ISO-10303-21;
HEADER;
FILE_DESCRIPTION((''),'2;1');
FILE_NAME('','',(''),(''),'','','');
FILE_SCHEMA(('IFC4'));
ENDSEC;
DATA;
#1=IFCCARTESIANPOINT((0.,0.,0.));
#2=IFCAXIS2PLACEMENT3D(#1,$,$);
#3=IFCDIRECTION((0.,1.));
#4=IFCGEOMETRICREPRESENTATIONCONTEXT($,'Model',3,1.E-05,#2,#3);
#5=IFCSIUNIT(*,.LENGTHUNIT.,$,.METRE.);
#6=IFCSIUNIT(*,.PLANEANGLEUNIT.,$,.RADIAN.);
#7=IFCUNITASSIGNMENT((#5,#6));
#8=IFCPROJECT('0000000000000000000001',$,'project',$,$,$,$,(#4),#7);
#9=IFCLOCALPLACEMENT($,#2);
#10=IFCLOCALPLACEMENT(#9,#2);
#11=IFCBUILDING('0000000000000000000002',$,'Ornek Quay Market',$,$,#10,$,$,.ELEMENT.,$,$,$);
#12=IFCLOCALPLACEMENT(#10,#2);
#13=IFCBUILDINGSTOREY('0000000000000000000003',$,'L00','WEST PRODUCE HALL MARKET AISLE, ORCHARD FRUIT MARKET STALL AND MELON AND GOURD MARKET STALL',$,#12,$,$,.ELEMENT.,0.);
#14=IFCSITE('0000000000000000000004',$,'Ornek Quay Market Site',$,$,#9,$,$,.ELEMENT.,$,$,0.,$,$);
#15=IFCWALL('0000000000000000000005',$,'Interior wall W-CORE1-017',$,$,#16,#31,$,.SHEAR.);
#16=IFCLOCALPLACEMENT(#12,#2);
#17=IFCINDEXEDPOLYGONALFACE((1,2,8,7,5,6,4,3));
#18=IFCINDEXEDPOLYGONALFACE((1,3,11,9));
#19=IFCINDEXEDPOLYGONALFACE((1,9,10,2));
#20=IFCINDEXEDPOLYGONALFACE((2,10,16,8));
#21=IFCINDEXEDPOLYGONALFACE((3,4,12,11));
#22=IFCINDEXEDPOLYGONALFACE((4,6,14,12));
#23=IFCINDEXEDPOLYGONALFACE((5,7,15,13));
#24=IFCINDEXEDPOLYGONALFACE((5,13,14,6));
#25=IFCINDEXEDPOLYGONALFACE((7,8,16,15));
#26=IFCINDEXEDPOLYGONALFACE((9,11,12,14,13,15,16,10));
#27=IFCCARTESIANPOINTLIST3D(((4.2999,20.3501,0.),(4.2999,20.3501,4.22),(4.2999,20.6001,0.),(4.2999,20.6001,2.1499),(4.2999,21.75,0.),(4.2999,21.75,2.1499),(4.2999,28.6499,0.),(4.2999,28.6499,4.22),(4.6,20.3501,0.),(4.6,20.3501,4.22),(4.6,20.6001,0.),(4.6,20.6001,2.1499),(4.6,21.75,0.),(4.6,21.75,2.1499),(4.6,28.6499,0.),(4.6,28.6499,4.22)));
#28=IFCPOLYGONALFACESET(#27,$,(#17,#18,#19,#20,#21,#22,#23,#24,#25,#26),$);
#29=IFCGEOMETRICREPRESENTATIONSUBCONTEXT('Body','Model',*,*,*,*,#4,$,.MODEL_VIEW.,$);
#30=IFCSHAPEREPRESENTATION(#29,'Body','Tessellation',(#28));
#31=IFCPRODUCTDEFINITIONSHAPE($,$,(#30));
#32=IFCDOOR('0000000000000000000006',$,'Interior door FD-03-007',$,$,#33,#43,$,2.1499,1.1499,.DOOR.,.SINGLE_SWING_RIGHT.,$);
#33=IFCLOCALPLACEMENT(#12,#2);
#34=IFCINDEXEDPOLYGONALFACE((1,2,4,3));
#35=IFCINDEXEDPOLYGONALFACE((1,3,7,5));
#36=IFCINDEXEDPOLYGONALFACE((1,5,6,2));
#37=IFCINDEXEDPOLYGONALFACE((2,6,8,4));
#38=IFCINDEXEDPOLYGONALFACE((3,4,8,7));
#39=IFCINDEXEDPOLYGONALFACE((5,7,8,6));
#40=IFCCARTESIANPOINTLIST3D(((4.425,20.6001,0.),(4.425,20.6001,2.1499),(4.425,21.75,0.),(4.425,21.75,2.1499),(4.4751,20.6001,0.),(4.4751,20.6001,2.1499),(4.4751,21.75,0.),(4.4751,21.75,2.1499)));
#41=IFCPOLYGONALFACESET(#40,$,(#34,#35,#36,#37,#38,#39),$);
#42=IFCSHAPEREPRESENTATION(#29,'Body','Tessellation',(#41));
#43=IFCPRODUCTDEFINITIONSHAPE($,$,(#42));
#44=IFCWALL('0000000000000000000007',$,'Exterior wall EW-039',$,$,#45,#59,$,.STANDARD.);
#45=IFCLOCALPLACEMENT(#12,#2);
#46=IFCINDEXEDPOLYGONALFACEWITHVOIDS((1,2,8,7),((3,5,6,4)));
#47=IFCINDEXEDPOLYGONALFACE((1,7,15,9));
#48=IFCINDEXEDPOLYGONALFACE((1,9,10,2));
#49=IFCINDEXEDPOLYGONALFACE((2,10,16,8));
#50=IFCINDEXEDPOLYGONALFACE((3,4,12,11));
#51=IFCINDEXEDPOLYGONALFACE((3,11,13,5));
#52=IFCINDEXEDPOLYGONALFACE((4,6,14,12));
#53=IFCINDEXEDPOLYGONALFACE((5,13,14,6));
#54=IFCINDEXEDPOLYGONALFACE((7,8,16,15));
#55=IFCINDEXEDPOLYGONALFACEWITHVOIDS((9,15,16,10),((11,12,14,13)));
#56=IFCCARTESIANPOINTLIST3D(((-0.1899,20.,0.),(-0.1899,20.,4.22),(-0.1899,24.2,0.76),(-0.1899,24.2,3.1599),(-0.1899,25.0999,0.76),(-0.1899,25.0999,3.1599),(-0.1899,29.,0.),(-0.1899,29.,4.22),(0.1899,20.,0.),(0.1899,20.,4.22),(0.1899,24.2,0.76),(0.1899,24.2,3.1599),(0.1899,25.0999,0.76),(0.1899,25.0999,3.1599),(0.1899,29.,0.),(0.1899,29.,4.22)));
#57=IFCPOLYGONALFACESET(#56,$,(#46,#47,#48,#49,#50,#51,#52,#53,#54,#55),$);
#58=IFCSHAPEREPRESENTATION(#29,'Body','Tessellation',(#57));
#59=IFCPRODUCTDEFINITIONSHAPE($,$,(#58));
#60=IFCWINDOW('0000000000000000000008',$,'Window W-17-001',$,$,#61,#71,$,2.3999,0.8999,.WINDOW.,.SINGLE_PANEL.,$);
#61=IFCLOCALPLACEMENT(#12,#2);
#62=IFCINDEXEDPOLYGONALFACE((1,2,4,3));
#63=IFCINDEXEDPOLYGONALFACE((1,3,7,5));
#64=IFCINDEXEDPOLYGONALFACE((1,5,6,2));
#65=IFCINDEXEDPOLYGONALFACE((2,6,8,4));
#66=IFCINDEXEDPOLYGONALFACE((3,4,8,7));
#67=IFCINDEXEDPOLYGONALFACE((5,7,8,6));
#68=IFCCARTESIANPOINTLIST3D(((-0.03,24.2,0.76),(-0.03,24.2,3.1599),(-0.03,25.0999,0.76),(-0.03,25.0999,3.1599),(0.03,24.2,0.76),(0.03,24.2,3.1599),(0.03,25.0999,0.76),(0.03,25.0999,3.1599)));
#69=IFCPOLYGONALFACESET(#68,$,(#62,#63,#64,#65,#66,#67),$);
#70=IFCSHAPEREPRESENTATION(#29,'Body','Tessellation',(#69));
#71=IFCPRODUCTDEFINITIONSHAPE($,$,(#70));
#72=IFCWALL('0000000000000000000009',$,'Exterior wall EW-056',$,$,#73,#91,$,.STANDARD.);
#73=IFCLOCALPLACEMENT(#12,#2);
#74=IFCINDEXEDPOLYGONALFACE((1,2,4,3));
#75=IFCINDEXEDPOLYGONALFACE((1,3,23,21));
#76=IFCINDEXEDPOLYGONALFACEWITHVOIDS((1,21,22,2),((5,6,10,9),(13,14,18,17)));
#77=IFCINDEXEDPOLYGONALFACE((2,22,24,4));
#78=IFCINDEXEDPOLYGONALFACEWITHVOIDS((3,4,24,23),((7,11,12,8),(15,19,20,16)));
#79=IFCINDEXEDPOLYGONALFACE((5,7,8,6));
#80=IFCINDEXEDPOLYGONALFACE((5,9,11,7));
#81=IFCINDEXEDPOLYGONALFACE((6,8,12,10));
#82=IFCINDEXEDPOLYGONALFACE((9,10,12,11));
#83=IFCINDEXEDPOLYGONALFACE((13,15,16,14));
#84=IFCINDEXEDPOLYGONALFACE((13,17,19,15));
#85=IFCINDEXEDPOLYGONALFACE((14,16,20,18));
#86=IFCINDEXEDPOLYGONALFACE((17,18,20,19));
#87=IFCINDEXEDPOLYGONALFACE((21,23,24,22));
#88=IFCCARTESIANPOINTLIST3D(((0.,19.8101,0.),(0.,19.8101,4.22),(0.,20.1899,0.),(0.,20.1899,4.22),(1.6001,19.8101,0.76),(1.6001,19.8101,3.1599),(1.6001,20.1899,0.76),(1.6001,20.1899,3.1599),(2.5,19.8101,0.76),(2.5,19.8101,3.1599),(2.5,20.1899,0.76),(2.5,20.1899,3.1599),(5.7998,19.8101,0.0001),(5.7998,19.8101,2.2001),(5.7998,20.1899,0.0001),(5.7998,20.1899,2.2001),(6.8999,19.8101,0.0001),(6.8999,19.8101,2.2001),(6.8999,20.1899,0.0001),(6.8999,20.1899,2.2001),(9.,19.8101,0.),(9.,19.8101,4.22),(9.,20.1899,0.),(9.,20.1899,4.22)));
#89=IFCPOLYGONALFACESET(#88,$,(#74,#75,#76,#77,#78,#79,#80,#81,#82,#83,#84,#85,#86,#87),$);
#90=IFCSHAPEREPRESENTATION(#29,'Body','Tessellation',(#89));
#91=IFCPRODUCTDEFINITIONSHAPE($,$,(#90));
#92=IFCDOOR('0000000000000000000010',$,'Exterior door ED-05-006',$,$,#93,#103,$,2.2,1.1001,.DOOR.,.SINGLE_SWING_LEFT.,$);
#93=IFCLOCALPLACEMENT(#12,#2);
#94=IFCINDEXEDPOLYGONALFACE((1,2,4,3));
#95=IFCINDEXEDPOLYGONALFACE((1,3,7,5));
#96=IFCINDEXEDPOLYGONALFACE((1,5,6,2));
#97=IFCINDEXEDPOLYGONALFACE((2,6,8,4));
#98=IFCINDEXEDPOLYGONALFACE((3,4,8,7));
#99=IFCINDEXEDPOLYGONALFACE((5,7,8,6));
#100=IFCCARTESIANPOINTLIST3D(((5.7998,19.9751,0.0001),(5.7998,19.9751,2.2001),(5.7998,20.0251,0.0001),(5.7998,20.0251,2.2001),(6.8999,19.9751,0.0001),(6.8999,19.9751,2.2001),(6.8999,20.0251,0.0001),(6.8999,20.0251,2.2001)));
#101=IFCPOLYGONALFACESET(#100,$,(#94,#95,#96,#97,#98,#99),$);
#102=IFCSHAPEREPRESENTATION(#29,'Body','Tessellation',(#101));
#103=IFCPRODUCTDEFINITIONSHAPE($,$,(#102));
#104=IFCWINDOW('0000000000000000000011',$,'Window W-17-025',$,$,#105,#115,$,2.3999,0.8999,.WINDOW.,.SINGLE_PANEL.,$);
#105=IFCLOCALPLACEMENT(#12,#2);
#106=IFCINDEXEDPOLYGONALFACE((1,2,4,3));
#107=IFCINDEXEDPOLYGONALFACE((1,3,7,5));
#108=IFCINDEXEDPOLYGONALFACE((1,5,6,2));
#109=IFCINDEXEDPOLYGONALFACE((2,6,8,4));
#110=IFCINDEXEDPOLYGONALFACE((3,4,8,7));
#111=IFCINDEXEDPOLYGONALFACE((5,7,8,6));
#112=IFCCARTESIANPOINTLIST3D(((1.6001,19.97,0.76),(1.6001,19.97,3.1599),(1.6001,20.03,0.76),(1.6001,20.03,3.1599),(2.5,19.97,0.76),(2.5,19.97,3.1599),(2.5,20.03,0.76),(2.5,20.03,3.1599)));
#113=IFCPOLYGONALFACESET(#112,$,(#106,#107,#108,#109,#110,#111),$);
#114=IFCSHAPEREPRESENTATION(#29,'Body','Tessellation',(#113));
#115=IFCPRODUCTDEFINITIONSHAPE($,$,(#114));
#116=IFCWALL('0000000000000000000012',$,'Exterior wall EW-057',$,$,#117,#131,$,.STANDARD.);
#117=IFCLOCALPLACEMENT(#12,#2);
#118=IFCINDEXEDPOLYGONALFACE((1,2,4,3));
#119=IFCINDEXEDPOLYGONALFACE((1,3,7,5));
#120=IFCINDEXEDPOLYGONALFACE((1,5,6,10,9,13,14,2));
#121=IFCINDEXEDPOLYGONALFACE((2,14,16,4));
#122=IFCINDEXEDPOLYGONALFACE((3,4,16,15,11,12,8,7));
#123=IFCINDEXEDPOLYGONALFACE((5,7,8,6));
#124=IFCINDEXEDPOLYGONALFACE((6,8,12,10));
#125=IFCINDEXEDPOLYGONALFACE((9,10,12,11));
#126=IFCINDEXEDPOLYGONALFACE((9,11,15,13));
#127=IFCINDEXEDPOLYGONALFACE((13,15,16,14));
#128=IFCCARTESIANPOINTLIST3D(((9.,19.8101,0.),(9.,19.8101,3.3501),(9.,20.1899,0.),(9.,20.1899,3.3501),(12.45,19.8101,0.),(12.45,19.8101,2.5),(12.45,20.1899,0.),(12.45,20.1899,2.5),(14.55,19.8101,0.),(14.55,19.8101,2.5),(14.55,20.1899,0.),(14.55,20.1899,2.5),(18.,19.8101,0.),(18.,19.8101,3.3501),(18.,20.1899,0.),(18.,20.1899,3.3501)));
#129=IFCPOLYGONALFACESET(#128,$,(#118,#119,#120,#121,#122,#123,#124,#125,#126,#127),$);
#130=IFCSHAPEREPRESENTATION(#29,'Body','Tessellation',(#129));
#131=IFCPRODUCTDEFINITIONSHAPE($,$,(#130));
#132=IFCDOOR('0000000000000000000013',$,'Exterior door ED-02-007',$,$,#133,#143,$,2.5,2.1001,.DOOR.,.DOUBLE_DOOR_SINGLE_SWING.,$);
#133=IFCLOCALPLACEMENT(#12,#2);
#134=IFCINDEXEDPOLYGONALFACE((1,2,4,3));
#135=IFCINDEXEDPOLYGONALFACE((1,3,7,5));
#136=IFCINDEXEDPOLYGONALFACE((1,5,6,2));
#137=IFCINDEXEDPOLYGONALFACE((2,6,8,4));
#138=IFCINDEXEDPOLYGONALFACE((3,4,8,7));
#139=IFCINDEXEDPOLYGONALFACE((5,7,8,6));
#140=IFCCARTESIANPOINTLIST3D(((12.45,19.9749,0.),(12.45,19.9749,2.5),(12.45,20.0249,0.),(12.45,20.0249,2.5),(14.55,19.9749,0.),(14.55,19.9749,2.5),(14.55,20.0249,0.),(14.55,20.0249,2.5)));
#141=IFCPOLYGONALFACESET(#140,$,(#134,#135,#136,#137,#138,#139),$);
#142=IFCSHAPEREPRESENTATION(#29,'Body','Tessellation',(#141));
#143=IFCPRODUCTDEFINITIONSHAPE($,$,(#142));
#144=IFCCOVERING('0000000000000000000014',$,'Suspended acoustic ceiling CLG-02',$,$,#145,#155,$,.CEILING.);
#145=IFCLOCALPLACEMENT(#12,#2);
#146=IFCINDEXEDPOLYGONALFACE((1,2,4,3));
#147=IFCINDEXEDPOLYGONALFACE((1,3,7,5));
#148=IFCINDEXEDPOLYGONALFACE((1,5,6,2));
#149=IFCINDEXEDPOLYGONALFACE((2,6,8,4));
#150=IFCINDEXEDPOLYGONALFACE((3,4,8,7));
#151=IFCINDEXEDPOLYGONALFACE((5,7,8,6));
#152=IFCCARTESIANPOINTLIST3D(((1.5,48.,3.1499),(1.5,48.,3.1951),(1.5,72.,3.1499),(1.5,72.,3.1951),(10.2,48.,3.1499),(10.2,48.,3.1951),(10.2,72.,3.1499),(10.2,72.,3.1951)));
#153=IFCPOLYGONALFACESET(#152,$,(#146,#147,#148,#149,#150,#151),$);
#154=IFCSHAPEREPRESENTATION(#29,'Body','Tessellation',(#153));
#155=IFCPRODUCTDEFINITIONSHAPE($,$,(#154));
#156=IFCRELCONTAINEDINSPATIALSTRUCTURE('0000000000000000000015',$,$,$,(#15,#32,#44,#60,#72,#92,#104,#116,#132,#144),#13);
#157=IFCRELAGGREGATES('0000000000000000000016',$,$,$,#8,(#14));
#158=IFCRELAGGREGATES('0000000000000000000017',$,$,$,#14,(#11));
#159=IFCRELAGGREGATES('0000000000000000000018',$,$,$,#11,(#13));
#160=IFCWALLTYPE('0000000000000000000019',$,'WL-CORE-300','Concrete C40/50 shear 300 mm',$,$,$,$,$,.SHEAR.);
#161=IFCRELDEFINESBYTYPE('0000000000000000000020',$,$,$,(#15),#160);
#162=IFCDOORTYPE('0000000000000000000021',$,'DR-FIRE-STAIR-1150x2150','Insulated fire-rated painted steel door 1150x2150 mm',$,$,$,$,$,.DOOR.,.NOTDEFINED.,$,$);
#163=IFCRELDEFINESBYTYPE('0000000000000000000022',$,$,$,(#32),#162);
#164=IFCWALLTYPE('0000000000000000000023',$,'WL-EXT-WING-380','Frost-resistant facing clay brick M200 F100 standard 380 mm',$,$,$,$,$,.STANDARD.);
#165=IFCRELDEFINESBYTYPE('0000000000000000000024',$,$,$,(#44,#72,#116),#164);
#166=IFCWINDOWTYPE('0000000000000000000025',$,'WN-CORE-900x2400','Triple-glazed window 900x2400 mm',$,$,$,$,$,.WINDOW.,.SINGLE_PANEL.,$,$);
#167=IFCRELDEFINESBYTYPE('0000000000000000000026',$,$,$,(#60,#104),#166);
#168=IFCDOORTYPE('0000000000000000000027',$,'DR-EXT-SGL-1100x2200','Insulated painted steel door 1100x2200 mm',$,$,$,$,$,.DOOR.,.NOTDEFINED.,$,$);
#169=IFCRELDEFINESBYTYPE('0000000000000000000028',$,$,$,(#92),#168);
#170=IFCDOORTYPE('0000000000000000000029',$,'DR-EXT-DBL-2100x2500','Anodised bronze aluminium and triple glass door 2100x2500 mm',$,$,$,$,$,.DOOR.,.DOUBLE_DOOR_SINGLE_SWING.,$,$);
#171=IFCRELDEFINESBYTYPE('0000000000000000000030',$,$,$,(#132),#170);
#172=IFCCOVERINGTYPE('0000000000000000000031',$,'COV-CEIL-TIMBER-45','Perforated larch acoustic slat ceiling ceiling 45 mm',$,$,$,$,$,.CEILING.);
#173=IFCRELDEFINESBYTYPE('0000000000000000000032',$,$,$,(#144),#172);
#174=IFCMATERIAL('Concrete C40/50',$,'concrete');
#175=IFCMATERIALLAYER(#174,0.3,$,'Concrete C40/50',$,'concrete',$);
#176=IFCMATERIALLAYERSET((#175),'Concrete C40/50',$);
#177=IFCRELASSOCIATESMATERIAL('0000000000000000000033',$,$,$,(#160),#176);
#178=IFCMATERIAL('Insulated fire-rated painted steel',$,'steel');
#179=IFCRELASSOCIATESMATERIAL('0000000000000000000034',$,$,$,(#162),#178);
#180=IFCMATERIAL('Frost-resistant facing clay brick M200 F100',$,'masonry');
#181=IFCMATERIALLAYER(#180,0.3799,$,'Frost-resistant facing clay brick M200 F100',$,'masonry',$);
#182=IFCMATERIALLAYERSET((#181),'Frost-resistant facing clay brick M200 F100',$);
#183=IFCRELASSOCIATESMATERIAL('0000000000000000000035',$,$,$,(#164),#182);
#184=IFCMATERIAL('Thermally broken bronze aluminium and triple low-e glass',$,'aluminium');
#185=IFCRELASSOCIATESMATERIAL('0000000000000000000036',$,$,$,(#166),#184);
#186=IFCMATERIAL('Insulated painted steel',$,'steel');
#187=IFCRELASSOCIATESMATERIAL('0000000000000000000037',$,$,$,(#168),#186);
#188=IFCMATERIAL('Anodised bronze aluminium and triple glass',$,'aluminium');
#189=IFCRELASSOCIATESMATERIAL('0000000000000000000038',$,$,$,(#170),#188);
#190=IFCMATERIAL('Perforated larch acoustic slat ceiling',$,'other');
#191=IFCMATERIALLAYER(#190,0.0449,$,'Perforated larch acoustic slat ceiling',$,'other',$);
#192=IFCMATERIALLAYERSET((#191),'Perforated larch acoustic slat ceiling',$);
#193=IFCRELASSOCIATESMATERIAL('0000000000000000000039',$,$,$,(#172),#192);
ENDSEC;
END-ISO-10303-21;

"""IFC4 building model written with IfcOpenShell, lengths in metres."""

from ifc_helpers import new_model, si_unit, direction, frame, frame_2d, origin, place, context, subcontext, project, spatial, polyline, rectangle, outline, extrude, material, layer, layer_set, type_object, element, fill, save


model = new_model("IFC4")

# Units and contexts
model_context = context("Model", 3, precision=1e-05, world=origin(), true_north=direction((0.0, 1.0)))
body_context = subcontext(model_context, "Body", "Model", "MODEL_VIEW")
ifc_project = project(units=[si_unit("LENGTHUNIT", "METRE"), si_unit("PLANEANGLEUNIT", "RADIAN")], contexts=[model_context])

# Site, building, storey
site_placement = place(None, origin())
site = spatial("IfcSite", under=ifc_project, at=site_placement, Name="Ornek Quay Market Site", CompositionType="ELEMENT", RefElevation=0.0)
building_placement = place(site_placement, origin())
building = spatial("IfcBuilding", under=site, at=building_placement, Name="Ornek Quay Market", CompositionType="ELEMENT")
storey_placement = place(building_placement, origin())
storey = spatial("IfcBuildingStorey", under=building, at=storey_placement, Name="L00", Description="WEST PRODUCE HALL MARKET AISLE, ORCHARD FRUIT MARKET STALL AND MELON AND GOURD MARKET STALL", CompositionType="ELEMENT", Elevation=0.0)

# Shared definitions
ifc_material_1 = material(Name="Concrete C40/50", Category="concrete")

# Wall, opening, door
ifc_layer_1 = layer(ifc_material_1, 0.3, Name="Concrete C40/50", Category="concrete")
ifc_layer_set_1 = layer_set([ifc_layer_1], Name="Concrete C40/50")
wall_type_1 = type_object("IfcWallType", Name="WL-CORE-300", Description="Concrete C40/50 shear 300 mm", PredefinedType="SHEAR", material=ifc_layer_set_1)
wall_1_placement = place(storey_placement, frame((4.45, 20.3501, 0.0), z_axis=(0.0, 0.0, 1.0), x_axis=(0.0, 1.0, 0.0)))
wall_1 = element("IfcWall", 1, at=wall_1_placement, inside=storey, type_object=wall_type_1, Name="Interior wall W-CORE1-017", PredefinedType="SHEAR", context=body_context, shape_type="SweptSolid", body=[
    extrude(rectangle(XDim=8.2998, YDim=0.3, at=frame_2d((4.1499, 0.0))), origin(), (0.0, 0.0, 1.0), 4.22),
])
opening_1_placement = place(wall_1_placement, frame((0.25, 0.0, 0.0)))
opening_1 = element("IfcOpeningElement", 2, at=opening_1_placement, cuts=wall_1, PredefinedType="OPENING", context=body_context, shape_type="SweptSolid", body=[
    extrude(rectangle(XDim=1.1499, YDim=2.1499, at=frame_2d((0.575, 1.075))), frame((0.0, 0.1599, 0.0), z_axis=(0.0, -1.0, 0.0), x_axis=(1.0, 0.0, 0.0)), (0.0, 0.0, 1.0), 0.3201),
])
ifc_material_2 = material(Name="Insulated fire-rated painted steel", Category="steel")
door_type_1 = type_object("IfcDoorType", Name="DR-FIRE-STAIR-1150x2150", Description="Insulated fire-rated painted steel door 1150x2150 mm", OperationType="NOTDEFINED", PredefinedType="DOOR", material=ifc_material_2)
door_1_placement = place(opening_1_placement, origin())
door_1 = element("IfcDoor", 3, at=door_1_placement, inside=storey, type_object=door_type_1, Name="Interior door FD-03-007", OperationType="SINGLE_SWING_RIGHT", OverallHeight=2.1499, OverallWidth=1.1499, PredefinedType="DOOR", context=body_context, shape_type="SweptSolid", body=[
    extrude(rectangle(XDim=1.1499, YDim=2.1499, at=frame_2d((0.575, 1.075))), frame((0.0, 0.0249, 0.0), z_axis=(0.0, -1.0, 0.0), x_axis=(1.0, 0.0, 0.0)), (0.0, 0.0, 1.0), 0.05),
])
fill(opening_1, door_1)

# Wall, opening, window
ifc_material_3 = material(Name="Frost-resistant facing clay brick M200 F100", Category="masonry")
ifc_layer_2 = layer(ifc_material_3, 0.3799, Name="Frost-resistant facing clay brick M200 F100", Category="masonry")
ifc_layer_set_2 = layer_set([ifc_layer_2], Name="Frost-resistant facing clay brick M200 F100")
wall_type_2 = type_object("IfcWallType", Name="WL-EXT-WING-380", Description="Frost-resistant facing clay brick M200 F100 standard 380 mm", PredefinedType="STANDARD", material=ifc_layer_set_2)
wall_2_placement = place(storey_placement, frame((0.0, 20.0, 0.0), z_axis=(0.0, 0.0, 1.0), x_axis=(0.0, 1.0, 0.0)))
wall_2 = element("IfcWall", 4, at=wall_2_placement, inside=storey, type_object=wall_type_2, Name="Exterior wall EW-039", PredefinedType="STANDARD", context=body_context, shape_type="SweptSolid", body=[
    extrude(rectangle(XDim=9.0, YDim=0.3799, at=frame_2d((4.5, 0.0))), origin(), (0.0, 0.0, 1.0), 4.22),
])
opening_2_placement = place(wall_2_placement, frame((4.2, 0.0, 0.76)))
opening_2 = element("IfcOpeningElement", 5, at=opening_2_placement, cuts=wall_2, PredefinedType="OPENING", context=body_context, shape_type="SweptSolid", body=[
    extrude(rectangle(XDim=0.8999, YDim=2.3999, at=frame_2d((0.45, 1.2))), frame((0.0, 0.2, 0.0), z_axis=(0.0, -1.0, 0.0), x_axis=(1.0, 0.0, 0.0)), (0.0, 0.0, 1.0), 0.3999),
])
ifc_material_4 = material(Name="Thermally broken bronze aluminium and triple low-e glass", Category="aluminium")
window_type = type_object("IfcWindowType", Name="WN-CORE-900x2400", Description="Triple-glazed window 900x2400 mm", PartitioningType="SINGLE_PANEL", PredefinedType="WINDOW", material=ifc_material_4)
window_1_placement = place(opening_2_placement, origin())
window_1 = element("IfcWindow", 6, at=window_1_placement, inside=storey, type_object=window_type, Name="Window W-17-001", OverallHeight=2.3999, OverallWidth=0.8999, PartitioningType="SINGLE_PANEL", PredefinedType="WINDOW", context=body_context, shape_type="SweptSolid", body=[
    extrude(rectangle(XDim=0.8999, YDim=2.3999, at=frame_2d((0.45, 1.2))), frame((0.0, 0.03, 0.0), z_axis=(0.0, -1.0, 0.0), x_axis=(1.0, 0.0, 0.0)), (0.0, 0.0, 1.0), 0.0601),
])
fill(opening_2, window_1)

# Wall, openings, door, window
wall_3_placement = place(storey_placement, frame((9.0, 20.0, 0.0), z_axis=(0.0, 0.0, 1.0), x_axis=(-1.0, 0.0, 0.0)))
wall_3 = element("IfcWall", 7, at=wall_3_placement, inside=storey, type_object=wall_type_2, Name="Exterior wall EW-056", PredefinedType="STANDARD", context=body_context, shape_type="SweptSolid", body=[
    extrude(rectangle(XDim=9.0, YDim=0.3799, at=frame_2d((4.5, 0.0))), origin(), (0.0, 0.0, 1.0), 4.22),
])
opening_3_placement = place(wall_3_placement, frame((6.5, 0.0, 0.76)))
opening_3 = element("IfcOpeningElement", 8, at=opening_3_placement, cuts=wall_3, PredefinedType="OPENING", context=body_context, shape_type="SweptSolid", body=[
    extrude(rectangle(XDim=0.8999, YDim=2.3999, at=frame_2d((0.45, 1.2))), frame((0.0, 0.2, 0.0), z_axis=(0.0, -1.0, 0.0), x_axis=(1.0, 0.0, 0.0)), (0.0, 0.0, 1.0), 0.3999),
])
opening_4_placement = place(wall_3_placement, frame((2.1001, 0.0, 0.0)))
opening_4 = element("IfcOpeningElement", 9, at=opening_4_placement, cuts=wall_3, PredefinedType="OPENING", context=body_context, shape_type="SweptSolid", body=[
    extrude(rectangle(XDim=1.1001, YDim=2.2, at=frame_2d((0.55, 1.1001))), frame((0.0, 0.2, 0.0), z_axis=(0.0, -1.0, 0.0), x_axis=(1.0, 0.0, 0.0)), (0.0, 0.0, 1.0), 0.3999),
])
ifc_material_5 = material(Name="Insulated painted steel", Category="steel")
door_type_2 = type_object("IfcDoorType", Name="DR-EXT-SGL-1100x2200", Description="Insulated painted steel door 1100x2200 mm", OperationType="NOTDEFINED", PredefinedType="DOOR", material=ifc_material_5)
door_2_placement = place(opening_4_placement, origin())
door_2 = element("IfcDoor", 10, at=door_2_placement, inside=storey, type_object=door_type_2, Name="Exterior door ED-05-006", OperationType="SINGLE_SWING_LEFT", OverallHeight=2.2, OverallWidth=1.1001, PredefinedType="DOOR", context=body_context, shape_type="SweptSolid", body=[
    extrude(rectangle(XDim=1.1001, YDim=2.2, at=frame_2d((0.55, 1.1001))), frame((0.0, 0.0249, 0.0), z_axis=(0.0, -1.0, 0.0), x_axis=(1.0, 0.0, 0.0)), (0.0, 0.0, 1.0), 0.05),
])
fill(opening_4, door_2)
window_2_placement = place(opening_3_placement, origin())
window_2 = element("IfcWindow", 11, at=window_2_placement, inside=storey, type_object=window_type, Name="Window W-17-025", OverallHeight=2.3999, OverallWidth=0.8999, PartitioningType="SINGLE_PANEL", PredefinedType="WINDOW", context=body_context, shape_type="SweptSolid", body=[
    extrude(rectangle(XDim=0.8999, YDim=2.3999, at=frame_2d((0.45, 1.2))), frame((0.0, 0.03, 0.0), z_axis=(0.0, -1.0, 0.0), x_axis=(1.0, 0.0, 0.0)), (0.0, 0.0, 1.0), 0.0601),
])
fill(opening_3, window_2)

# Wall, opening, door
wall_4_placement = place(storey_placement, frame((9.0, 20.0, 0.0), z_axis=(0.0, 0.0, 1.0), x_axis=(1.0, 0.0, 0.0)))
wall_4 = element("IfcWall", 12, at=wall_4_placement, inside=storey, type_object=wall_type_2, Name="Exterior wall EW-057", PredefinedType="STANDARD", context=body_context, shape_type="SweptSolid", body=[
    extrude(rectangle(XDim=9.0, YDim=0.3799, at=frame_2d((4.5, 0.0))), origin(), (0.0, 0.0, 1.0), 3.3501),
])
opening_5_placement = place(wall_4_placement, frame((3.45, 0.0, 0.0)))
opening_5 = element("IfcOpeningElement", 13, at=opening_5_placement, cuts=wall_4, PredefinedType="OPENING", context=body_context, shape_type="SweptSolid", body=[
    extrude(rectangle(XDim=2.1001, YDim=2.5, at=frame_2d((1.05, 1.25))), frame((0.0, 0.2, 0.0), z_axis=(0.0, -1.0, 0.0), x_axis=(1.0, 0.0, 0.0)), (0.0, 0.0, 1.0), 0.3999),
])
ifc_material_6 = material(Name="Anodised bronze aluminium and triple glass", Category="aluminium")
door_type_3 = type_object("IfcDoorType", Name="DR-EXT-DBL-2100x2500", Description="Anodised bronze aluminium and triple glass door 2100x2500 mm", OperationType="DOUBLE_DOOR_SINGLE_SWING", PredefinedType="DOOR", material=ifc_material_6)
door_3_placement = place(opening_5_placement, origin())
door_3 = element("IfcDoor", 14, at=door_3_placement, inside=storey, type_object=door_type_3, Name="Exterior door ED-02-007", OperationType="DOUBLE_DOOR_SINGLE_SWING", OverallHeight=2.5, OverallWidth=2.1001, PredefinedType="DOOR", context=body_context, shape_type="SweptSolid", body=[
    extrude(rectangle(XDim=2.1001, YDim=2.5, at=frame_2d((1.05, 1.25))), frame((0.0, 0.0249, 0.0), z_axis=(0.0, -1.0, 0.0), x_axis=(1.0, 0.0, 0.0)), (0.0, 0.0, 1.0), 0.05),
])
fill(opening_5, door_3)

# Covering
ifc_material_7 = material(Name="Perforated larch acoustic slat ceiling", Category="other")
ifc_layer_3 = layer(ifc_material_7, 0.0449, Name="Perforated larch acoustic slat ceiling", Category="other")
ifc_layer_set_3 = layer_set([ifc_layer_3], Name="Perforated larch acoustic slat ceiling")
covering_type_1 = type_object("IfcCoveringType", Name="COV-CEIL-TIMBER-45", Description="Perforated larch acoustic slat ceiling ceiling 45 mm", PredefinedType="CEILING", material=ifc_layer_set_3)
covering_1_placement = place(storey_placement, frame((0.0, 0.0, 3.1499)))
element("IfcCovering", 15, at=covering_1_placement, inside=storey, type_object=covering_type_1, Name="Suspended acoustic ceiling CLG-02", PredefinedType="CEILING", context=body_context, shape_type="SweptSolid", body=[
    extrude(outline(polyline([(1.5, 48.0), (10.2, 48.0), (10.2, 72.0), (1.5, 72.0), (1.5, 48.0)])), origin(), (0.0, 0.0, 1.0), 0.0452),
])

save(model, "model.ifc")
